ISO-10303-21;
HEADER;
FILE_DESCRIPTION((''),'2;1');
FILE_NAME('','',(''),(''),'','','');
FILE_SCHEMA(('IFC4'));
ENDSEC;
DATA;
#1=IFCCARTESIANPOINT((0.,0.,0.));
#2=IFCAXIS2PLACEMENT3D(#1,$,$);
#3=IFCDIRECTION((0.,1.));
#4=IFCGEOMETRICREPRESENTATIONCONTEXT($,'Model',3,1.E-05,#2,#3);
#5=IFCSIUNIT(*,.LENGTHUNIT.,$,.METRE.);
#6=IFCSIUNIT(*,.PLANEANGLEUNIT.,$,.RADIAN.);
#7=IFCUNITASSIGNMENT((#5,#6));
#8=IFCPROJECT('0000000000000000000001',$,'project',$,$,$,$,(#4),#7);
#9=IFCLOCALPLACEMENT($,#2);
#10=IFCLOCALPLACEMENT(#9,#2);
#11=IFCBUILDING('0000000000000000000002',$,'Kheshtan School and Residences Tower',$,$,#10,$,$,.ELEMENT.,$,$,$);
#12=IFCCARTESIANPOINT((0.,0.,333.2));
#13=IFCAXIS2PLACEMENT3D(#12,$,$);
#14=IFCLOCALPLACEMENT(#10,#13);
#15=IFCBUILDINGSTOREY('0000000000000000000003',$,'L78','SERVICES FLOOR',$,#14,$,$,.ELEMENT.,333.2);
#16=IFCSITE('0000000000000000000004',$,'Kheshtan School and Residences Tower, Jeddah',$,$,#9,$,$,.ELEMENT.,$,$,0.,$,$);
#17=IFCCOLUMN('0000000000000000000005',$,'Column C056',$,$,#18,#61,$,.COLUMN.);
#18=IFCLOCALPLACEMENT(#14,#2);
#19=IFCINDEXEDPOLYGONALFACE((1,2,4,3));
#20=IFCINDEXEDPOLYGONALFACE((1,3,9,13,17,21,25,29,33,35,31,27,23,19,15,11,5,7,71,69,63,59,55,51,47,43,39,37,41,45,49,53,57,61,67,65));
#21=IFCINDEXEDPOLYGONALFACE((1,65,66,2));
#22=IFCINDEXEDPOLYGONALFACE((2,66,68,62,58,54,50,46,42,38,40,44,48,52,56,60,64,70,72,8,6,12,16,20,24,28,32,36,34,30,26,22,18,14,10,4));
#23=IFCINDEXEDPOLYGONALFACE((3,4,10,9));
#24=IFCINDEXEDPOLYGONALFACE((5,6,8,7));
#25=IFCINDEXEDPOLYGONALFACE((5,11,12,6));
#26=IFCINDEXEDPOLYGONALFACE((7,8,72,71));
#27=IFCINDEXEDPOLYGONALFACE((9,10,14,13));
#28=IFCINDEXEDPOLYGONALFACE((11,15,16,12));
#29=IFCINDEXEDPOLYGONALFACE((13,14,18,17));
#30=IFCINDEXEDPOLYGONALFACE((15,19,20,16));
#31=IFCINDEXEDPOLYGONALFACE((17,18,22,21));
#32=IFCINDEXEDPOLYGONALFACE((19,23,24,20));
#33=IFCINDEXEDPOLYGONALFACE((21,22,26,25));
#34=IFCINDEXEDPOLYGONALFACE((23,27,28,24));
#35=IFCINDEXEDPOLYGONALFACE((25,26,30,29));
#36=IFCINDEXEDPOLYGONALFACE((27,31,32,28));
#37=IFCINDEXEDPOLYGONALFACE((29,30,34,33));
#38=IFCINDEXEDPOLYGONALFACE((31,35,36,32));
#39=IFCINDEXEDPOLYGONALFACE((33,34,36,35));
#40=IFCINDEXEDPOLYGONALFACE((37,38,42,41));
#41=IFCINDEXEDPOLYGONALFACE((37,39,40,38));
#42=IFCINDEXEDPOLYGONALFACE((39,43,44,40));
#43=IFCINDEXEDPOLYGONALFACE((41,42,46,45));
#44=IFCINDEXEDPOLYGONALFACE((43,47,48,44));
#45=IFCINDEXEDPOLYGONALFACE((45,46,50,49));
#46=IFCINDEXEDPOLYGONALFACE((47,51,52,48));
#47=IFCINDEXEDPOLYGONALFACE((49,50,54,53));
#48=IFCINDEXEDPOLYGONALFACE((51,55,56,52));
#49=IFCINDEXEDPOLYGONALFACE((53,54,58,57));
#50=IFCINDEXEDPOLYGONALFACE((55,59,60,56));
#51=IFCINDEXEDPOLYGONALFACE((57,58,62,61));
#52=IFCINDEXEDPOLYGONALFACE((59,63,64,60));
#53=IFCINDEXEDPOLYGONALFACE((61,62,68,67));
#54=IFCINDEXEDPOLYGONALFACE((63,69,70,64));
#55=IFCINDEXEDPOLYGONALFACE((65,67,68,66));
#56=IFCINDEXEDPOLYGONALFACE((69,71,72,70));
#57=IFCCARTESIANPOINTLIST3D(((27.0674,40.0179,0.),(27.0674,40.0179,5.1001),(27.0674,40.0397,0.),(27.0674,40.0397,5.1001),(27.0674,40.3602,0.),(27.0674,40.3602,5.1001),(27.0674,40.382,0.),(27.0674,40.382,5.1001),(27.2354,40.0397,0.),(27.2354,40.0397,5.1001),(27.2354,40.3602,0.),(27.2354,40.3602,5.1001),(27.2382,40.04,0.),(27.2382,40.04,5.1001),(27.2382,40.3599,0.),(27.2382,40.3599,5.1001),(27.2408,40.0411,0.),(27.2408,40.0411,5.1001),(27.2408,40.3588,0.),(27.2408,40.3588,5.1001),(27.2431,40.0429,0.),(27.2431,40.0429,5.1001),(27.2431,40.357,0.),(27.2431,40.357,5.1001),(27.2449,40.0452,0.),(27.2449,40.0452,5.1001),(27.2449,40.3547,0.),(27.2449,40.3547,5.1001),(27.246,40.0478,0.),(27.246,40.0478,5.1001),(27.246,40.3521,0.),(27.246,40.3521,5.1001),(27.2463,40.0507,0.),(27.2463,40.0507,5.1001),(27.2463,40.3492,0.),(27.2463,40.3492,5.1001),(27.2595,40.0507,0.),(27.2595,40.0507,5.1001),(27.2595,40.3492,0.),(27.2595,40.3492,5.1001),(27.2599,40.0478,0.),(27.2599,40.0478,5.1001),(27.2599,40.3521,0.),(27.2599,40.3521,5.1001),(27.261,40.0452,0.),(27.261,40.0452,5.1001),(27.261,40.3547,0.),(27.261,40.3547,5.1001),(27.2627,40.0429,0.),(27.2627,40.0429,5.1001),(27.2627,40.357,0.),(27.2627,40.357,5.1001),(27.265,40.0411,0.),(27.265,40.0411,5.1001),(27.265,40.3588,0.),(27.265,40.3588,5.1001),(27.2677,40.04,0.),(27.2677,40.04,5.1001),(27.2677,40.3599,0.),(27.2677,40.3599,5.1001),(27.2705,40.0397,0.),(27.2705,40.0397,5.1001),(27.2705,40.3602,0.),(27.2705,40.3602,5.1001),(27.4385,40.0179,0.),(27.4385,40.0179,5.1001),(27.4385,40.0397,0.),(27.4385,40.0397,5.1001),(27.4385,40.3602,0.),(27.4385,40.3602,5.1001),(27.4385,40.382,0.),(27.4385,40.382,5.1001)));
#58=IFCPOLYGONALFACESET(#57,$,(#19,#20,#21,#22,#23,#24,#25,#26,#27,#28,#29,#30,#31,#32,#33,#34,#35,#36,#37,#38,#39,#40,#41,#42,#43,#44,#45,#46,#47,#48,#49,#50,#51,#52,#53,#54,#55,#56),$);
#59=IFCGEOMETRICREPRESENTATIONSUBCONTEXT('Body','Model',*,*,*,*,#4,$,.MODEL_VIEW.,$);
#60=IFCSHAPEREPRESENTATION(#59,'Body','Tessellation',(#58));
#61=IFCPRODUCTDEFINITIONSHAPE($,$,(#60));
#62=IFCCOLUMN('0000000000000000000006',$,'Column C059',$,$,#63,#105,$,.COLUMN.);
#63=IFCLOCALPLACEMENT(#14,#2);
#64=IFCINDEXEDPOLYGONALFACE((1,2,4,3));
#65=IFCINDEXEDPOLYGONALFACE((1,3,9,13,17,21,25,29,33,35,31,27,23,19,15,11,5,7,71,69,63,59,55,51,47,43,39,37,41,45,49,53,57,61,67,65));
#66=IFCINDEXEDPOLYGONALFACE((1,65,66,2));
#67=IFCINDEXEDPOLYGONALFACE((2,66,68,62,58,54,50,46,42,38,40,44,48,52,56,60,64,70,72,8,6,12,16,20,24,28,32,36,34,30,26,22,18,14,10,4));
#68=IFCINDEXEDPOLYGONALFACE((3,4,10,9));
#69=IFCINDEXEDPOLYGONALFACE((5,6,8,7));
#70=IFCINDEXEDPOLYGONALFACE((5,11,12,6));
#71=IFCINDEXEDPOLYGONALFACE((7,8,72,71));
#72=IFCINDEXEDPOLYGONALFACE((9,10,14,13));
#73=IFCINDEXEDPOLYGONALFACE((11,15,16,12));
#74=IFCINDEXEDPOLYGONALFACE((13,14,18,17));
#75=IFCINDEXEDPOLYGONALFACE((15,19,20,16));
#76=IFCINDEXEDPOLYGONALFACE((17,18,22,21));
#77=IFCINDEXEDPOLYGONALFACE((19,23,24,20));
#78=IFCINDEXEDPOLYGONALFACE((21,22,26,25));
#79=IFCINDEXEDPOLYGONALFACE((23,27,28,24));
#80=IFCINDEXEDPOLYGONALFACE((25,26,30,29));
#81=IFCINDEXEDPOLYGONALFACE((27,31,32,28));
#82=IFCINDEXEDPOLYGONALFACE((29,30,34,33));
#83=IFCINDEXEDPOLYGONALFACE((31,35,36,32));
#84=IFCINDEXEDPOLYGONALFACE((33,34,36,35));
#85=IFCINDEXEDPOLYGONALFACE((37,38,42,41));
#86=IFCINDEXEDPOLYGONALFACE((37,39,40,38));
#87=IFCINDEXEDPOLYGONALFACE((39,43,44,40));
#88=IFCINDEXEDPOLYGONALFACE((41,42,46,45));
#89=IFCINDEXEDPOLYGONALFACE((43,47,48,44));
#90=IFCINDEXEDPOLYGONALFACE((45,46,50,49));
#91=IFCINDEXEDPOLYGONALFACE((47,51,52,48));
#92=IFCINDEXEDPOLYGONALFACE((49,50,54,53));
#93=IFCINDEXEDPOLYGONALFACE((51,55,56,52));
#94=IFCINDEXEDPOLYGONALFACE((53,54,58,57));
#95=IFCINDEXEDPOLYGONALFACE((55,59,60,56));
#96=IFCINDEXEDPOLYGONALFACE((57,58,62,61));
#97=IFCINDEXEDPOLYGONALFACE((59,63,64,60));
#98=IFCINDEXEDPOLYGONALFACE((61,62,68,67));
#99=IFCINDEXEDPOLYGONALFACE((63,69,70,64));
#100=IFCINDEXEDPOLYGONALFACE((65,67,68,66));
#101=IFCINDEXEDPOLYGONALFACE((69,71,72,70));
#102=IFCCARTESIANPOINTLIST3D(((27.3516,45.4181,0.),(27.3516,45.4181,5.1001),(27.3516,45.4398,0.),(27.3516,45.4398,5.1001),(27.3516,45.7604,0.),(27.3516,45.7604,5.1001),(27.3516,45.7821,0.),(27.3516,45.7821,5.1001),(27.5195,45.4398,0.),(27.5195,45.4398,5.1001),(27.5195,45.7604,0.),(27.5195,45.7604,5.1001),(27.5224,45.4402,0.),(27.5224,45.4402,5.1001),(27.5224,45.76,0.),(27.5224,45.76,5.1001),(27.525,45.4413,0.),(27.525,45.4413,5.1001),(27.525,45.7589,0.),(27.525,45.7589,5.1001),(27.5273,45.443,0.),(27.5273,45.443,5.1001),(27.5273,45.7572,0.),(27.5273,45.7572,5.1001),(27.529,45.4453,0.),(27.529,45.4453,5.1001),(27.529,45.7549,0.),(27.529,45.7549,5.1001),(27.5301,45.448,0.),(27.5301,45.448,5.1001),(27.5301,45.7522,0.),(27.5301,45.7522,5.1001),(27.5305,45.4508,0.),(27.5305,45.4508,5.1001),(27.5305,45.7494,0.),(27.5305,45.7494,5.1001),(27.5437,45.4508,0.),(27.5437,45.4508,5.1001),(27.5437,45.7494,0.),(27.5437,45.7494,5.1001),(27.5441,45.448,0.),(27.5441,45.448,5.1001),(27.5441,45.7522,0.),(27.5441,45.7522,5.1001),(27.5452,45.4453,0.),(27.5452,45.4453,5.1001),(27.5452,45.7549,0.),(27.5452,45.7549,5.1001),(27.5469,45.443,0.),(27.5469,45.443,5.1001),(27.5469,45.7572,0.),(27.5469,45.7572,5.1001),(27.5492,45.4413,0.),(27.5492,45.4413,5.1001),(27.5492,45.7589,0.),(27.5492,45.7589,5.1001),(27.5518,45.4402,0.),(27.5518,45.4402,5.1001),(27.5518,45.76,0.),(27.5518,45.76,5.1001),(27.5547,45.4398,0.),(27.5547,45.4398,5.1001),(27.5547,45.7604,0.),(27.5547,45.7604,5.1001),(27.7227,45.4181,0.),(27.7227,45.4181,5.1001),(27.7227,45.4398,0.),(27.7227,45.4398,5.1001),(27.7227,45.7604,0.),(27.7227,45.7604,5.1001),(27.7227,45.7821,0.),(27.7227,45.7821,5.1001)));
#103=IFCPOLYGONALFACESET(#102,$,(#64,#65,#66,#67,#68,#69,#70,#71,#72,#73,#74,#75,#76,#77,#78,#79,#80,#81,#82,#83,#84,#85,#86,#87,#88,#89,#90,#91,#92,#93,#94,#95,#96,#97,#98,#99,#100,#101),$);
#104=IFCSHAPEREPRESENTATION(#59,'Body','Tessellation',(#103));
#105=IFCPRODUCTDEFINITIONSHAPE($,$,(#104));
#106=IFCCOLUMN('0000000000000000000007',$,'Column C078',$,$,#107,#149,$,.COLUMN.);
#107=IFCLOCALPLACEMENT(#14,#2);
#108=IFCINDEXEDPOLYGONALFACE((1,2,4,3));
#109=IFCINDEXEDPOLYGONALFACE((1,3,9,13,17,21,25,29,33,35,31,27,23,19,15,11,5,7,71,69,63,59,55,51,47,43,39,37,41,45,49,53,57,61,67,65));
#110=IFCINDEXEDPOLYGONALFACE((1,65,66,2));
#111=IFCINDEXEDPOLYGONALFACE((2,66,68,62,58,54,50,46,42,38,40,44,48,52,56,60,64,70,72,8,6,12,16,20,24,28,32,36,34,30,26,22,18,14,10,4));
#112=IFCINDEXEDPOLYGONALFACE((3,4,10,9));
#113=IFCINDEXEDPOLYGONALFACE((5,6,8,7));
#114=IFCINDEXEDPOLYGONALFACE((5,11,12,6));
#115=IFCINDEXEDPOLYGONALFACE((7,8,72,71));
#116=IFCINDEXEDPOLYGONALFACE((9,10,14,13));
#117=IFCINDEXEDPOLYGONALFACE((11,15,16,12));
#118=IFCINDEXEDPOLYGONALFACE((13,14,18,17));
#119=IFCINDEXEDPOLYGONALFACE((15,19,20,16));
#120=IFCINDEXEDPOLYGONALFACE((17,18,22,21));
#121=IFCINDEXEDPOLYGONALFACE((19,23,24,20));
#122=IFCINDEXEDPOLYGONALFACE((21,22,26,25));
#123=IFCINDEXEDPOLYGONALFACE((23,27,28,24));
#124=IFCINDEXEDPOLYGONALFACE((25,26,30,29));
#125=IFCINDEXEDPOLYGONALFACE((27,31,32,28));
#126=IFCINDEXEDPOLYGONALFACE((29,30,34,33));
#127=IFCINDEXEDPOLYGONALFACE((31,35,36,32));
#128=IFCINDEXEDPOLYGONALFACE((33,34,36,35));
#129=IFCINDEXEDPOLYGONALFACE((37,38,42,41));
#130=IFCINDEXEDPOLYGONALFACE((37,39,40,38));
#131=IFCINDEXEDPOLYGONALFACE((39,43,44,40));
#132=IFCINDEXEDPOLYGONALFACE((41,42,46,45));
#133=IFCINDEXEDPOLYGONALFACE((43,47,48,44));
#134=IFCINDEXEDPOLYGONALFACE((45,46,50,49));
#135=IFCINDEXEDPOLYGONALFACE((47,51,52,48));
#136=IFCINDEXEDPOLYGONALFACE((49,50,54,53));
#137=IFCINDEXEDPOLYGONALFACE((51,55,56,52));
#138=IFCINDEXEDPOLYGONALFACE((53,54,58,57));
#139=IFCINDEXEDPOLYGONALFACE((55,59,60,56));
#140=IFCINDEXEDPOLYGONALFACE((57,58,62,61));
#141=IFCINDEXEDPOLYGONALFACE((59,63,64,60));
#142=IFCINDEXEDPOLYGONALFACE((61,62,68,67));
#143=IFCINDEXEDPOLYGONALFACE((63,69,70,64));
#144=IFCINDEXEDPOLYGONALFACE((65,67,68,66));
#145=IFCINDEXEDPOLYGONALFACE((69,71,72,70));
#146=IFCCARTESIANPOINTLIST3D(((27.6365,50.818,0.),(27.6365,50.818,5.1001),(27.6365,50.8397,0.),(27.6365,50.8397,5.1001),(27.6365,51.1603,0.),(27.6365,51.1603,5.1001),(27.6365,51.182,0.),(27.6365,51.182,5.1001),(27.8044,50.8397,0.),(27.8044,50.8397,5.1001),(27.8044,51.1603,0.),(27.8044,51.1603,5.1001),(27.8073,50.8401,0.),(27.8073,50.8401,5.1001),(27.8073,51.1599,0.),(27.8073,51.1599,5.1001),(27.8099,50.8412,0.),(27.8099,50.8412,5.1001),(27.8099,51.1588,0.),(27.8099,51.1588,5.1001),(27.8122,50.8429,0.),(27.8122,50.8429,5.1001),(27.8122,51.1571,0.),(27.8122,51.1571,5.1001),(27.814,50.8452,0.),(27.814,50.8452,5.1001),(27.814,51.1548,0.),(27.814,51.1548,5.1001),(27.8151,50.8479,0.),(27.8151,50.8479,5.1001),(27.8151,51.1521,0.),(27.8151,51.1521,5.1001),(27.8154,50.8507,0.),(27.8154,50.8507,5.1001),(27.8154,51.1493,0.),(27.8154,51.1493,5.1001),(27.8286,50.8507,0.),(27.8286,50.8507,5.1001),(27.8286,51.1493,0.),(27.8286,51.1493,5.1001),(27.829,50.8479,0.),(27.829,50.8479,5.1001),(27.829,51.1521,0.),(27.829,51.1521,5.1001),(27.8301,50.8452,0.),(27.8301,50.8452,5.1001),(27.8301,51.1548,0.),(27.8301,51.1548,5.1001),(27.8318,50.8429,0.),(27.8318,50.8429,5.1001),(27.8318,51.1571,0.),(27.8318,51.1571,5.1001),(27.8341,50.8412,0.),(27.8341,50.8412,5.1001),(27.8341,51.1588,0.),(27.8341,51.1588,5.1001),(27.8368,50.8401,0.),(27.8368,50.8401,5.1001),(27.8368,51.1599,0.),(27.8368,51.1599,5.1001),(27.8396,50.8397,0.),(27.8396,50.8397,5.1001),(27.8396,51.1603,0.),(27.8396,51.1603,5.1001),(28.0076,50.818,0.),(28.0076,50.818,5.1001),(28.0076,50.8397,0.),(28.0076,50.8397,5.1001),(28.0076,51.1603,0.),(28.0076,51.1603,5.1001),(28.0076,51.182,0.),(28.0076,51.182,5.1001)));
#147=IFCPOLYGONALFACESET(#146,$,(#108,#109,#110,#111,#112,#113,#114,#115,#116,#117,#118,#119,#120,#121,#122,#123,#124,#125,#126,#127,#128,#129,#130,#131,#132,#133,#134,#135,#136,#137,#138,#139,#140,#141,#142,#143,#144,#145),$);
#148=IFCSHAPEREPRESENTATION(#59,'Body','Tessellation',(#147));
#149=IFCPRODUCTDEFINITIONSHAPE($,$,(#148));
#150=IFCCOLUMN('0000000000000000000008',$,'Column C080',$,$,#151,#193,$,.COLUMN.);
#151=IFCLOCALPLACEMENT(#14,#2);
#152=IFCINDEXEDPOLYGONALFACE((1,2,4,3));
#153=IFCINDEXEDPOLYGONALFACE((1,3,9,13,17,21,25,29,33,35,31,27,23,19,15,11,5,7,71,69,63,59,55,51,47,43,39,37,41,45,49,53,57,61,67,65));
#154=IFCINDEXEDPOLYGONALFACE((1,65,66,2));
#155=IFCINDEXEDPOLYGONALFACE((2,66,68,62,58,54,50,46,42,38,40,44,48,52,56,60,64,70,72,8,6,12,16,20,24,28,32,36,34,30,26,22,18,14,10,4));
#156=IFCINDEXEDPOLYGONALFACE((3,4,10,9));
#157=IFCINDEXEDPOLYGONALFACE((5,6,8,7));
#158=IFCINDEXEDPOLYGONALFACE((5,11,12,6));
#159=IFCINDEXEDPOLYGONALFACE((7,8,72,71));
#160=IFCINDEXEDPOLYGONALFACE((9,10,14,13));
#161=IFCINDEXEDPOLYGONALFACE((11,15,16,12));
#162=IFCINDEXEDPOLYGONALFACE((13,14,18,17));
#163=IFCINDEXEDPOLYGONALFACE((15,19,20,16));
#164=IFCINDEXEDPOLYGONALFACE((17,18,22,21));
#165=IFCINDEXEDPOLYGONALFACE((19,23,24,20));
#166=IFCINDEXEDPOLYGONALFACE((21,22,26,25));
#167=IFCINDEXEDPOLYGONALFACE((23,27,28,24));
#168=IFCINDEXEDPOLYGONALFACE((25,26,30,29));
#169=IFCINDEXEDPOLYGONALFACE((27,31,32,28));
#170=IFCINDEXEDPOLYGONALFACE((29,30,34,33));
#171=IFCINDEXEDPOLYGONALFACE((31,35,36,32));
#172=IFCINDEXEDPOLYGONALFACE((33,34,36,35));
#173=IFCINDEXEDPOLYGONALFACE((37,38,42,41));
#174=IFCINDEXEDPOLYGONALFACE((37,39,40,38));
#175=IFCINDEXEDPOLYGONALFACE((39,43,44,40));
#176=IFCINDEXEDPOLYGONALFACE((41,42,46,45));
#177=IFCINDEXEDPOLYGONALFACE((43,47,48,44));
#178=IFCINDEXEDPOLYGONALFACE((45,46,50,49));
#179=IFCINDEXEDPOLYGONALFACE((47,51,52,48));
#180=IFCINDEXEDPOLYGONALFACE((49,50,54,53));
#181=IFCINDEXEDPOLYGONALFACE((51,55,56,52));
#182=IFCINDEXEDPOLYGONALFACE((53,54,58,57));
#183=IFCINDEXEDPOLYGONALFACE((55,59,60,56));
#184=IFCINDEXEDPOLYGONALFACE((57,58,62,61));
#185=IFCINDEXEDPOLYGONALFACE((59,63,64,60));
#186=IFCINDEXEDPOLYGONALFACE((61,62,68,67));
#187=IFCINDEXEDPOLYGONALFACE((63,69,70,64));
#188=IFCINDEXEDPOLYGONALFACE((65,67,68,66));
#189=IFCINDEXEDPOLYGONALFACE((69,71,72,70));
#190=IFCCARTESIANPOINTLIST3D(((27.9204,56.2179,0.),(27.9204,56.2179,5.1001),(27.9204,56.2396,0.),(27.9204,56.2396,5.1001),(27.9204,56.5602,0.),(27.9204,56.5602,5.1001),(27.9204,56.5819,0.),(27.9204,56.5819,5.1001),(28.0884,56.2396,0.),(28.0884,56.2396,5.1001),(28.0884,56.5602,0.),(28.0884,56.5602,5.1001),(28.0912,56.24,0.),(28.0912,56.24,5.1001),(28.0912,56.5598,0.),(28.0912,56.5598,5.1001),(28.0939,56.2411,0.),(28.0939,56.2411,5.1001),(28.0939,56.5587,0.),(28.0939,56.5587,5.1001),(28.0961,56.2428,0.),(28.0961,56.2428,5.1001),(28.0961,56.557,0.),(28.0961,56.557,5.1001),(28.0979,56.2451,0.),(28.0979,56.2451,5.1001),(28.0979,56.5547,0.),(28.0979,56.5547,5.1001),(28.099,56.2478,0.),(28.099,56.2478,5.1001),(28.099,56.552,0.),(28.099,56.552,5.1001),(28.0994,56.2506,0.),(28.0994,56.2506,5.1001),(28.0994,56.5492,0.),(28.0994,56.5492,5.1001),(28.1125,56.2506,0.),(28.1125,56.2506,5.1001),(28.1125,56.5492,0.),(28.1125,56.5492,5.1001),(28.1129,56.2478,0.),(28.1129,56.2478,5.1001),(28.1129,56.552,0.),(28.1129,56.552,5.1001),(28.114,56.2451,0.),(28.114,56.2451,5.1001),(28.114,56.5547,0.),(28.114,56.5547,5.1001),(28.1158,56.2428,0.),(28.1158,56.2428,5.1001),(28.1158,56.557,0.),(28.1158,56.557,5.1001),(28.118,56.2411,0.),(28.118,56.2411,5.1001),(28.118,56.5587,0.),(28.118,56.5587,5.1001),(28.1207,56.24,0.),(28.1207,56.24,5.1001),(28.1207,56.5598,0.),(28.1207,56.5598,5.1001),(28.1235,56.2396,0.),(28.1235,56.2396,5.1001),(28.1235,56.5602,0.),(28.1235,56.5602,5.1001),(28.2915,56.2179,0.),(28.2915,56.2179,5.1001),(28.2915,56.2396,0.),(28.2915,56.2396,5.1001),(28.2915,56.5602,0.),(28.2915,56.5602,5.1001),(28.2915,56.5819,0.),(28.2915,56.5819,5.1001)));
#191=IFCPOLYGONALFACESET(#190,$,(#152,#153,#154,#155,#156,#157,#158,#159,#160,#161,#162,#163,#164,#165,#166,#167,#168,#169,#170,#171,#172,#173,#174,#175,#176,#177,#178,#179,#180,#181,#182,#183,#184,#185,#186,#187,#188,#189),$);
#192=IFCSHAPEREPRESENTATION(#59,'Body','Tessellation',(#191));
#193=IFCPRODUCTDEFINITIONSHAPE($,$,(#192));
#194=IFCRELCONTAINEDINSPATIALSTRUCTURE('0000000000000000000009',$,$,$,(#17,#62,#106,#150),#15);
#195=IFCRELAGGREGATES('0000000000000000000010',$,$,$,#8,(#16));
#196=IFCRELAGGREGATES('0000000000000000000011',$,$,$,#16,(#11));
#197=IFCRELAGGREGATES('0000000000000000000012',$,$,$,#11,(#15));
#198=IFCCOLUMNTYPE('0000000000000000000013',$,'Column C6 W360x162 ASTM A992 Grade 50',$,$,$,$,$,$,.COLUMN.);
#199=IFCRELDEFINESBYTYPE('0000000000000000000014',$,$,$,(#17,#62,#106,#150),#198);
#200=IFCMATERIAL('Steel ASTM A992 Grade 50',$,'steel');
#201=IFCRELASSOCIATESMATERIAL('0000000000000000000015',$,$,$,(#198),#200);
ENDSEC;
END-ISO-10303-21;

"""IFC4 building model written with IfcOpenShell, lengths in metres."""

from ifc_helpers import new_model, si_unit, direction, frame, origin, origin_2d, place, context, subcontext, project, spatial, i_section, extrude, material, material_profile, profile_set, type_object, element, save


model = new_model("IFC4")

# Units and contexts
model_context = context("Model", 3, precision=1e-05, world=origin(), true_north=direction((0.0, 1.0)))
body_context = subcontext(model_context, "Body", "Model", "MODEL_VIEW")
ifc_project = project(units=[si_unit("LENGTHUNIT", "METRE"), si_unit("PLANEANGLEUNIT", "RADIAN")], contexts=[model_context])

# Site, building, storey
site_placement = place(None, origin())
site = spatial("IfcSite", under=ifc_project, at=site_placement, Name="Kheshtan School and Residences Tower, Jeddah", CompositionType="ELEMENT", RefElevation=0.0)
building_placement = place(site_placement, origin())
building = spatial("IfcBuilding", under=site, at=building_placement, Name="Kheshtan School and Residences Tower", CompositionType="ELEMENT")
storey_placement = place(building_placement, frame((0.0, 0.0, 333.2)))
storey = spatial("IfcBuildingStorey", under=building, at=storey_placement, Name="L78", Description="SERVICES FLOOR", CompositionType="ELEMENT", Elevation=333.2)

# Columns
ifc_material_1 = material(Name="Steel ASTM A992 Grade 50", Category="steel")
ifc_material_profile_1 = material_profile(ifc_material_1, i_section(OverallWidth=0.3711, OverallDepth=0.364, WebThickness=0.0132, FlangeThickness=0.0217, FilletRadius=0.011, at=origin_2d()), Name="W360x162")
ifc_profile_set_1 = profile_set([ifc_material_profile_1], Name="Steel ASTM A992 Grade 50")
column_type = type_object("IfcColumnType", Name="Column C6 W360x162 ASTM A992 Grade 50", PredefinedType="COLUMN", material=ifc_profile_set_1)
for number, where, z_axis, x_axis, name in (
    (1, (27.2529, 40.2, 0.0), (0.0, 0.0, 1.0), (1.0, 0.0, 0.0), "Column C056"),
    (2, (27.5371, 45.6001, 0.0), (0.0, 0.0, 1.0), (1.0, 0.0, 0.0), "Column C059"),
    (3, (27.822, 51.0, 0.0), (0.0, 0.0, 1.0), (1.0, 0.0, 0.0), "Column C078"),
    (4, (28.106, 56.3999, 0.0), (0.0, 0.0, 1.0), (1.0, 0.0, 0.0), "Column C080"),
):
    element("IfcColumn", number, at=place(storey_placement, frame(where, z_axis=z_axis, x_axis=x_axis)), inside=storey, type_object=column_type, Name=name, PredefinedType="COLUMN", context=body_context, shape_type="SweptSolid", body=[
        extrude(i_section(OverallWidth=0.3711, OverallDepth=0.364, WebThickness=0.0132, FlangeThickness=0.0217, FilletRadius=0.011, at=origin_2d()), origin(), (0.0, 0.0, 1.0), 5.1001),
    ])

save(model, "model.ifc")
